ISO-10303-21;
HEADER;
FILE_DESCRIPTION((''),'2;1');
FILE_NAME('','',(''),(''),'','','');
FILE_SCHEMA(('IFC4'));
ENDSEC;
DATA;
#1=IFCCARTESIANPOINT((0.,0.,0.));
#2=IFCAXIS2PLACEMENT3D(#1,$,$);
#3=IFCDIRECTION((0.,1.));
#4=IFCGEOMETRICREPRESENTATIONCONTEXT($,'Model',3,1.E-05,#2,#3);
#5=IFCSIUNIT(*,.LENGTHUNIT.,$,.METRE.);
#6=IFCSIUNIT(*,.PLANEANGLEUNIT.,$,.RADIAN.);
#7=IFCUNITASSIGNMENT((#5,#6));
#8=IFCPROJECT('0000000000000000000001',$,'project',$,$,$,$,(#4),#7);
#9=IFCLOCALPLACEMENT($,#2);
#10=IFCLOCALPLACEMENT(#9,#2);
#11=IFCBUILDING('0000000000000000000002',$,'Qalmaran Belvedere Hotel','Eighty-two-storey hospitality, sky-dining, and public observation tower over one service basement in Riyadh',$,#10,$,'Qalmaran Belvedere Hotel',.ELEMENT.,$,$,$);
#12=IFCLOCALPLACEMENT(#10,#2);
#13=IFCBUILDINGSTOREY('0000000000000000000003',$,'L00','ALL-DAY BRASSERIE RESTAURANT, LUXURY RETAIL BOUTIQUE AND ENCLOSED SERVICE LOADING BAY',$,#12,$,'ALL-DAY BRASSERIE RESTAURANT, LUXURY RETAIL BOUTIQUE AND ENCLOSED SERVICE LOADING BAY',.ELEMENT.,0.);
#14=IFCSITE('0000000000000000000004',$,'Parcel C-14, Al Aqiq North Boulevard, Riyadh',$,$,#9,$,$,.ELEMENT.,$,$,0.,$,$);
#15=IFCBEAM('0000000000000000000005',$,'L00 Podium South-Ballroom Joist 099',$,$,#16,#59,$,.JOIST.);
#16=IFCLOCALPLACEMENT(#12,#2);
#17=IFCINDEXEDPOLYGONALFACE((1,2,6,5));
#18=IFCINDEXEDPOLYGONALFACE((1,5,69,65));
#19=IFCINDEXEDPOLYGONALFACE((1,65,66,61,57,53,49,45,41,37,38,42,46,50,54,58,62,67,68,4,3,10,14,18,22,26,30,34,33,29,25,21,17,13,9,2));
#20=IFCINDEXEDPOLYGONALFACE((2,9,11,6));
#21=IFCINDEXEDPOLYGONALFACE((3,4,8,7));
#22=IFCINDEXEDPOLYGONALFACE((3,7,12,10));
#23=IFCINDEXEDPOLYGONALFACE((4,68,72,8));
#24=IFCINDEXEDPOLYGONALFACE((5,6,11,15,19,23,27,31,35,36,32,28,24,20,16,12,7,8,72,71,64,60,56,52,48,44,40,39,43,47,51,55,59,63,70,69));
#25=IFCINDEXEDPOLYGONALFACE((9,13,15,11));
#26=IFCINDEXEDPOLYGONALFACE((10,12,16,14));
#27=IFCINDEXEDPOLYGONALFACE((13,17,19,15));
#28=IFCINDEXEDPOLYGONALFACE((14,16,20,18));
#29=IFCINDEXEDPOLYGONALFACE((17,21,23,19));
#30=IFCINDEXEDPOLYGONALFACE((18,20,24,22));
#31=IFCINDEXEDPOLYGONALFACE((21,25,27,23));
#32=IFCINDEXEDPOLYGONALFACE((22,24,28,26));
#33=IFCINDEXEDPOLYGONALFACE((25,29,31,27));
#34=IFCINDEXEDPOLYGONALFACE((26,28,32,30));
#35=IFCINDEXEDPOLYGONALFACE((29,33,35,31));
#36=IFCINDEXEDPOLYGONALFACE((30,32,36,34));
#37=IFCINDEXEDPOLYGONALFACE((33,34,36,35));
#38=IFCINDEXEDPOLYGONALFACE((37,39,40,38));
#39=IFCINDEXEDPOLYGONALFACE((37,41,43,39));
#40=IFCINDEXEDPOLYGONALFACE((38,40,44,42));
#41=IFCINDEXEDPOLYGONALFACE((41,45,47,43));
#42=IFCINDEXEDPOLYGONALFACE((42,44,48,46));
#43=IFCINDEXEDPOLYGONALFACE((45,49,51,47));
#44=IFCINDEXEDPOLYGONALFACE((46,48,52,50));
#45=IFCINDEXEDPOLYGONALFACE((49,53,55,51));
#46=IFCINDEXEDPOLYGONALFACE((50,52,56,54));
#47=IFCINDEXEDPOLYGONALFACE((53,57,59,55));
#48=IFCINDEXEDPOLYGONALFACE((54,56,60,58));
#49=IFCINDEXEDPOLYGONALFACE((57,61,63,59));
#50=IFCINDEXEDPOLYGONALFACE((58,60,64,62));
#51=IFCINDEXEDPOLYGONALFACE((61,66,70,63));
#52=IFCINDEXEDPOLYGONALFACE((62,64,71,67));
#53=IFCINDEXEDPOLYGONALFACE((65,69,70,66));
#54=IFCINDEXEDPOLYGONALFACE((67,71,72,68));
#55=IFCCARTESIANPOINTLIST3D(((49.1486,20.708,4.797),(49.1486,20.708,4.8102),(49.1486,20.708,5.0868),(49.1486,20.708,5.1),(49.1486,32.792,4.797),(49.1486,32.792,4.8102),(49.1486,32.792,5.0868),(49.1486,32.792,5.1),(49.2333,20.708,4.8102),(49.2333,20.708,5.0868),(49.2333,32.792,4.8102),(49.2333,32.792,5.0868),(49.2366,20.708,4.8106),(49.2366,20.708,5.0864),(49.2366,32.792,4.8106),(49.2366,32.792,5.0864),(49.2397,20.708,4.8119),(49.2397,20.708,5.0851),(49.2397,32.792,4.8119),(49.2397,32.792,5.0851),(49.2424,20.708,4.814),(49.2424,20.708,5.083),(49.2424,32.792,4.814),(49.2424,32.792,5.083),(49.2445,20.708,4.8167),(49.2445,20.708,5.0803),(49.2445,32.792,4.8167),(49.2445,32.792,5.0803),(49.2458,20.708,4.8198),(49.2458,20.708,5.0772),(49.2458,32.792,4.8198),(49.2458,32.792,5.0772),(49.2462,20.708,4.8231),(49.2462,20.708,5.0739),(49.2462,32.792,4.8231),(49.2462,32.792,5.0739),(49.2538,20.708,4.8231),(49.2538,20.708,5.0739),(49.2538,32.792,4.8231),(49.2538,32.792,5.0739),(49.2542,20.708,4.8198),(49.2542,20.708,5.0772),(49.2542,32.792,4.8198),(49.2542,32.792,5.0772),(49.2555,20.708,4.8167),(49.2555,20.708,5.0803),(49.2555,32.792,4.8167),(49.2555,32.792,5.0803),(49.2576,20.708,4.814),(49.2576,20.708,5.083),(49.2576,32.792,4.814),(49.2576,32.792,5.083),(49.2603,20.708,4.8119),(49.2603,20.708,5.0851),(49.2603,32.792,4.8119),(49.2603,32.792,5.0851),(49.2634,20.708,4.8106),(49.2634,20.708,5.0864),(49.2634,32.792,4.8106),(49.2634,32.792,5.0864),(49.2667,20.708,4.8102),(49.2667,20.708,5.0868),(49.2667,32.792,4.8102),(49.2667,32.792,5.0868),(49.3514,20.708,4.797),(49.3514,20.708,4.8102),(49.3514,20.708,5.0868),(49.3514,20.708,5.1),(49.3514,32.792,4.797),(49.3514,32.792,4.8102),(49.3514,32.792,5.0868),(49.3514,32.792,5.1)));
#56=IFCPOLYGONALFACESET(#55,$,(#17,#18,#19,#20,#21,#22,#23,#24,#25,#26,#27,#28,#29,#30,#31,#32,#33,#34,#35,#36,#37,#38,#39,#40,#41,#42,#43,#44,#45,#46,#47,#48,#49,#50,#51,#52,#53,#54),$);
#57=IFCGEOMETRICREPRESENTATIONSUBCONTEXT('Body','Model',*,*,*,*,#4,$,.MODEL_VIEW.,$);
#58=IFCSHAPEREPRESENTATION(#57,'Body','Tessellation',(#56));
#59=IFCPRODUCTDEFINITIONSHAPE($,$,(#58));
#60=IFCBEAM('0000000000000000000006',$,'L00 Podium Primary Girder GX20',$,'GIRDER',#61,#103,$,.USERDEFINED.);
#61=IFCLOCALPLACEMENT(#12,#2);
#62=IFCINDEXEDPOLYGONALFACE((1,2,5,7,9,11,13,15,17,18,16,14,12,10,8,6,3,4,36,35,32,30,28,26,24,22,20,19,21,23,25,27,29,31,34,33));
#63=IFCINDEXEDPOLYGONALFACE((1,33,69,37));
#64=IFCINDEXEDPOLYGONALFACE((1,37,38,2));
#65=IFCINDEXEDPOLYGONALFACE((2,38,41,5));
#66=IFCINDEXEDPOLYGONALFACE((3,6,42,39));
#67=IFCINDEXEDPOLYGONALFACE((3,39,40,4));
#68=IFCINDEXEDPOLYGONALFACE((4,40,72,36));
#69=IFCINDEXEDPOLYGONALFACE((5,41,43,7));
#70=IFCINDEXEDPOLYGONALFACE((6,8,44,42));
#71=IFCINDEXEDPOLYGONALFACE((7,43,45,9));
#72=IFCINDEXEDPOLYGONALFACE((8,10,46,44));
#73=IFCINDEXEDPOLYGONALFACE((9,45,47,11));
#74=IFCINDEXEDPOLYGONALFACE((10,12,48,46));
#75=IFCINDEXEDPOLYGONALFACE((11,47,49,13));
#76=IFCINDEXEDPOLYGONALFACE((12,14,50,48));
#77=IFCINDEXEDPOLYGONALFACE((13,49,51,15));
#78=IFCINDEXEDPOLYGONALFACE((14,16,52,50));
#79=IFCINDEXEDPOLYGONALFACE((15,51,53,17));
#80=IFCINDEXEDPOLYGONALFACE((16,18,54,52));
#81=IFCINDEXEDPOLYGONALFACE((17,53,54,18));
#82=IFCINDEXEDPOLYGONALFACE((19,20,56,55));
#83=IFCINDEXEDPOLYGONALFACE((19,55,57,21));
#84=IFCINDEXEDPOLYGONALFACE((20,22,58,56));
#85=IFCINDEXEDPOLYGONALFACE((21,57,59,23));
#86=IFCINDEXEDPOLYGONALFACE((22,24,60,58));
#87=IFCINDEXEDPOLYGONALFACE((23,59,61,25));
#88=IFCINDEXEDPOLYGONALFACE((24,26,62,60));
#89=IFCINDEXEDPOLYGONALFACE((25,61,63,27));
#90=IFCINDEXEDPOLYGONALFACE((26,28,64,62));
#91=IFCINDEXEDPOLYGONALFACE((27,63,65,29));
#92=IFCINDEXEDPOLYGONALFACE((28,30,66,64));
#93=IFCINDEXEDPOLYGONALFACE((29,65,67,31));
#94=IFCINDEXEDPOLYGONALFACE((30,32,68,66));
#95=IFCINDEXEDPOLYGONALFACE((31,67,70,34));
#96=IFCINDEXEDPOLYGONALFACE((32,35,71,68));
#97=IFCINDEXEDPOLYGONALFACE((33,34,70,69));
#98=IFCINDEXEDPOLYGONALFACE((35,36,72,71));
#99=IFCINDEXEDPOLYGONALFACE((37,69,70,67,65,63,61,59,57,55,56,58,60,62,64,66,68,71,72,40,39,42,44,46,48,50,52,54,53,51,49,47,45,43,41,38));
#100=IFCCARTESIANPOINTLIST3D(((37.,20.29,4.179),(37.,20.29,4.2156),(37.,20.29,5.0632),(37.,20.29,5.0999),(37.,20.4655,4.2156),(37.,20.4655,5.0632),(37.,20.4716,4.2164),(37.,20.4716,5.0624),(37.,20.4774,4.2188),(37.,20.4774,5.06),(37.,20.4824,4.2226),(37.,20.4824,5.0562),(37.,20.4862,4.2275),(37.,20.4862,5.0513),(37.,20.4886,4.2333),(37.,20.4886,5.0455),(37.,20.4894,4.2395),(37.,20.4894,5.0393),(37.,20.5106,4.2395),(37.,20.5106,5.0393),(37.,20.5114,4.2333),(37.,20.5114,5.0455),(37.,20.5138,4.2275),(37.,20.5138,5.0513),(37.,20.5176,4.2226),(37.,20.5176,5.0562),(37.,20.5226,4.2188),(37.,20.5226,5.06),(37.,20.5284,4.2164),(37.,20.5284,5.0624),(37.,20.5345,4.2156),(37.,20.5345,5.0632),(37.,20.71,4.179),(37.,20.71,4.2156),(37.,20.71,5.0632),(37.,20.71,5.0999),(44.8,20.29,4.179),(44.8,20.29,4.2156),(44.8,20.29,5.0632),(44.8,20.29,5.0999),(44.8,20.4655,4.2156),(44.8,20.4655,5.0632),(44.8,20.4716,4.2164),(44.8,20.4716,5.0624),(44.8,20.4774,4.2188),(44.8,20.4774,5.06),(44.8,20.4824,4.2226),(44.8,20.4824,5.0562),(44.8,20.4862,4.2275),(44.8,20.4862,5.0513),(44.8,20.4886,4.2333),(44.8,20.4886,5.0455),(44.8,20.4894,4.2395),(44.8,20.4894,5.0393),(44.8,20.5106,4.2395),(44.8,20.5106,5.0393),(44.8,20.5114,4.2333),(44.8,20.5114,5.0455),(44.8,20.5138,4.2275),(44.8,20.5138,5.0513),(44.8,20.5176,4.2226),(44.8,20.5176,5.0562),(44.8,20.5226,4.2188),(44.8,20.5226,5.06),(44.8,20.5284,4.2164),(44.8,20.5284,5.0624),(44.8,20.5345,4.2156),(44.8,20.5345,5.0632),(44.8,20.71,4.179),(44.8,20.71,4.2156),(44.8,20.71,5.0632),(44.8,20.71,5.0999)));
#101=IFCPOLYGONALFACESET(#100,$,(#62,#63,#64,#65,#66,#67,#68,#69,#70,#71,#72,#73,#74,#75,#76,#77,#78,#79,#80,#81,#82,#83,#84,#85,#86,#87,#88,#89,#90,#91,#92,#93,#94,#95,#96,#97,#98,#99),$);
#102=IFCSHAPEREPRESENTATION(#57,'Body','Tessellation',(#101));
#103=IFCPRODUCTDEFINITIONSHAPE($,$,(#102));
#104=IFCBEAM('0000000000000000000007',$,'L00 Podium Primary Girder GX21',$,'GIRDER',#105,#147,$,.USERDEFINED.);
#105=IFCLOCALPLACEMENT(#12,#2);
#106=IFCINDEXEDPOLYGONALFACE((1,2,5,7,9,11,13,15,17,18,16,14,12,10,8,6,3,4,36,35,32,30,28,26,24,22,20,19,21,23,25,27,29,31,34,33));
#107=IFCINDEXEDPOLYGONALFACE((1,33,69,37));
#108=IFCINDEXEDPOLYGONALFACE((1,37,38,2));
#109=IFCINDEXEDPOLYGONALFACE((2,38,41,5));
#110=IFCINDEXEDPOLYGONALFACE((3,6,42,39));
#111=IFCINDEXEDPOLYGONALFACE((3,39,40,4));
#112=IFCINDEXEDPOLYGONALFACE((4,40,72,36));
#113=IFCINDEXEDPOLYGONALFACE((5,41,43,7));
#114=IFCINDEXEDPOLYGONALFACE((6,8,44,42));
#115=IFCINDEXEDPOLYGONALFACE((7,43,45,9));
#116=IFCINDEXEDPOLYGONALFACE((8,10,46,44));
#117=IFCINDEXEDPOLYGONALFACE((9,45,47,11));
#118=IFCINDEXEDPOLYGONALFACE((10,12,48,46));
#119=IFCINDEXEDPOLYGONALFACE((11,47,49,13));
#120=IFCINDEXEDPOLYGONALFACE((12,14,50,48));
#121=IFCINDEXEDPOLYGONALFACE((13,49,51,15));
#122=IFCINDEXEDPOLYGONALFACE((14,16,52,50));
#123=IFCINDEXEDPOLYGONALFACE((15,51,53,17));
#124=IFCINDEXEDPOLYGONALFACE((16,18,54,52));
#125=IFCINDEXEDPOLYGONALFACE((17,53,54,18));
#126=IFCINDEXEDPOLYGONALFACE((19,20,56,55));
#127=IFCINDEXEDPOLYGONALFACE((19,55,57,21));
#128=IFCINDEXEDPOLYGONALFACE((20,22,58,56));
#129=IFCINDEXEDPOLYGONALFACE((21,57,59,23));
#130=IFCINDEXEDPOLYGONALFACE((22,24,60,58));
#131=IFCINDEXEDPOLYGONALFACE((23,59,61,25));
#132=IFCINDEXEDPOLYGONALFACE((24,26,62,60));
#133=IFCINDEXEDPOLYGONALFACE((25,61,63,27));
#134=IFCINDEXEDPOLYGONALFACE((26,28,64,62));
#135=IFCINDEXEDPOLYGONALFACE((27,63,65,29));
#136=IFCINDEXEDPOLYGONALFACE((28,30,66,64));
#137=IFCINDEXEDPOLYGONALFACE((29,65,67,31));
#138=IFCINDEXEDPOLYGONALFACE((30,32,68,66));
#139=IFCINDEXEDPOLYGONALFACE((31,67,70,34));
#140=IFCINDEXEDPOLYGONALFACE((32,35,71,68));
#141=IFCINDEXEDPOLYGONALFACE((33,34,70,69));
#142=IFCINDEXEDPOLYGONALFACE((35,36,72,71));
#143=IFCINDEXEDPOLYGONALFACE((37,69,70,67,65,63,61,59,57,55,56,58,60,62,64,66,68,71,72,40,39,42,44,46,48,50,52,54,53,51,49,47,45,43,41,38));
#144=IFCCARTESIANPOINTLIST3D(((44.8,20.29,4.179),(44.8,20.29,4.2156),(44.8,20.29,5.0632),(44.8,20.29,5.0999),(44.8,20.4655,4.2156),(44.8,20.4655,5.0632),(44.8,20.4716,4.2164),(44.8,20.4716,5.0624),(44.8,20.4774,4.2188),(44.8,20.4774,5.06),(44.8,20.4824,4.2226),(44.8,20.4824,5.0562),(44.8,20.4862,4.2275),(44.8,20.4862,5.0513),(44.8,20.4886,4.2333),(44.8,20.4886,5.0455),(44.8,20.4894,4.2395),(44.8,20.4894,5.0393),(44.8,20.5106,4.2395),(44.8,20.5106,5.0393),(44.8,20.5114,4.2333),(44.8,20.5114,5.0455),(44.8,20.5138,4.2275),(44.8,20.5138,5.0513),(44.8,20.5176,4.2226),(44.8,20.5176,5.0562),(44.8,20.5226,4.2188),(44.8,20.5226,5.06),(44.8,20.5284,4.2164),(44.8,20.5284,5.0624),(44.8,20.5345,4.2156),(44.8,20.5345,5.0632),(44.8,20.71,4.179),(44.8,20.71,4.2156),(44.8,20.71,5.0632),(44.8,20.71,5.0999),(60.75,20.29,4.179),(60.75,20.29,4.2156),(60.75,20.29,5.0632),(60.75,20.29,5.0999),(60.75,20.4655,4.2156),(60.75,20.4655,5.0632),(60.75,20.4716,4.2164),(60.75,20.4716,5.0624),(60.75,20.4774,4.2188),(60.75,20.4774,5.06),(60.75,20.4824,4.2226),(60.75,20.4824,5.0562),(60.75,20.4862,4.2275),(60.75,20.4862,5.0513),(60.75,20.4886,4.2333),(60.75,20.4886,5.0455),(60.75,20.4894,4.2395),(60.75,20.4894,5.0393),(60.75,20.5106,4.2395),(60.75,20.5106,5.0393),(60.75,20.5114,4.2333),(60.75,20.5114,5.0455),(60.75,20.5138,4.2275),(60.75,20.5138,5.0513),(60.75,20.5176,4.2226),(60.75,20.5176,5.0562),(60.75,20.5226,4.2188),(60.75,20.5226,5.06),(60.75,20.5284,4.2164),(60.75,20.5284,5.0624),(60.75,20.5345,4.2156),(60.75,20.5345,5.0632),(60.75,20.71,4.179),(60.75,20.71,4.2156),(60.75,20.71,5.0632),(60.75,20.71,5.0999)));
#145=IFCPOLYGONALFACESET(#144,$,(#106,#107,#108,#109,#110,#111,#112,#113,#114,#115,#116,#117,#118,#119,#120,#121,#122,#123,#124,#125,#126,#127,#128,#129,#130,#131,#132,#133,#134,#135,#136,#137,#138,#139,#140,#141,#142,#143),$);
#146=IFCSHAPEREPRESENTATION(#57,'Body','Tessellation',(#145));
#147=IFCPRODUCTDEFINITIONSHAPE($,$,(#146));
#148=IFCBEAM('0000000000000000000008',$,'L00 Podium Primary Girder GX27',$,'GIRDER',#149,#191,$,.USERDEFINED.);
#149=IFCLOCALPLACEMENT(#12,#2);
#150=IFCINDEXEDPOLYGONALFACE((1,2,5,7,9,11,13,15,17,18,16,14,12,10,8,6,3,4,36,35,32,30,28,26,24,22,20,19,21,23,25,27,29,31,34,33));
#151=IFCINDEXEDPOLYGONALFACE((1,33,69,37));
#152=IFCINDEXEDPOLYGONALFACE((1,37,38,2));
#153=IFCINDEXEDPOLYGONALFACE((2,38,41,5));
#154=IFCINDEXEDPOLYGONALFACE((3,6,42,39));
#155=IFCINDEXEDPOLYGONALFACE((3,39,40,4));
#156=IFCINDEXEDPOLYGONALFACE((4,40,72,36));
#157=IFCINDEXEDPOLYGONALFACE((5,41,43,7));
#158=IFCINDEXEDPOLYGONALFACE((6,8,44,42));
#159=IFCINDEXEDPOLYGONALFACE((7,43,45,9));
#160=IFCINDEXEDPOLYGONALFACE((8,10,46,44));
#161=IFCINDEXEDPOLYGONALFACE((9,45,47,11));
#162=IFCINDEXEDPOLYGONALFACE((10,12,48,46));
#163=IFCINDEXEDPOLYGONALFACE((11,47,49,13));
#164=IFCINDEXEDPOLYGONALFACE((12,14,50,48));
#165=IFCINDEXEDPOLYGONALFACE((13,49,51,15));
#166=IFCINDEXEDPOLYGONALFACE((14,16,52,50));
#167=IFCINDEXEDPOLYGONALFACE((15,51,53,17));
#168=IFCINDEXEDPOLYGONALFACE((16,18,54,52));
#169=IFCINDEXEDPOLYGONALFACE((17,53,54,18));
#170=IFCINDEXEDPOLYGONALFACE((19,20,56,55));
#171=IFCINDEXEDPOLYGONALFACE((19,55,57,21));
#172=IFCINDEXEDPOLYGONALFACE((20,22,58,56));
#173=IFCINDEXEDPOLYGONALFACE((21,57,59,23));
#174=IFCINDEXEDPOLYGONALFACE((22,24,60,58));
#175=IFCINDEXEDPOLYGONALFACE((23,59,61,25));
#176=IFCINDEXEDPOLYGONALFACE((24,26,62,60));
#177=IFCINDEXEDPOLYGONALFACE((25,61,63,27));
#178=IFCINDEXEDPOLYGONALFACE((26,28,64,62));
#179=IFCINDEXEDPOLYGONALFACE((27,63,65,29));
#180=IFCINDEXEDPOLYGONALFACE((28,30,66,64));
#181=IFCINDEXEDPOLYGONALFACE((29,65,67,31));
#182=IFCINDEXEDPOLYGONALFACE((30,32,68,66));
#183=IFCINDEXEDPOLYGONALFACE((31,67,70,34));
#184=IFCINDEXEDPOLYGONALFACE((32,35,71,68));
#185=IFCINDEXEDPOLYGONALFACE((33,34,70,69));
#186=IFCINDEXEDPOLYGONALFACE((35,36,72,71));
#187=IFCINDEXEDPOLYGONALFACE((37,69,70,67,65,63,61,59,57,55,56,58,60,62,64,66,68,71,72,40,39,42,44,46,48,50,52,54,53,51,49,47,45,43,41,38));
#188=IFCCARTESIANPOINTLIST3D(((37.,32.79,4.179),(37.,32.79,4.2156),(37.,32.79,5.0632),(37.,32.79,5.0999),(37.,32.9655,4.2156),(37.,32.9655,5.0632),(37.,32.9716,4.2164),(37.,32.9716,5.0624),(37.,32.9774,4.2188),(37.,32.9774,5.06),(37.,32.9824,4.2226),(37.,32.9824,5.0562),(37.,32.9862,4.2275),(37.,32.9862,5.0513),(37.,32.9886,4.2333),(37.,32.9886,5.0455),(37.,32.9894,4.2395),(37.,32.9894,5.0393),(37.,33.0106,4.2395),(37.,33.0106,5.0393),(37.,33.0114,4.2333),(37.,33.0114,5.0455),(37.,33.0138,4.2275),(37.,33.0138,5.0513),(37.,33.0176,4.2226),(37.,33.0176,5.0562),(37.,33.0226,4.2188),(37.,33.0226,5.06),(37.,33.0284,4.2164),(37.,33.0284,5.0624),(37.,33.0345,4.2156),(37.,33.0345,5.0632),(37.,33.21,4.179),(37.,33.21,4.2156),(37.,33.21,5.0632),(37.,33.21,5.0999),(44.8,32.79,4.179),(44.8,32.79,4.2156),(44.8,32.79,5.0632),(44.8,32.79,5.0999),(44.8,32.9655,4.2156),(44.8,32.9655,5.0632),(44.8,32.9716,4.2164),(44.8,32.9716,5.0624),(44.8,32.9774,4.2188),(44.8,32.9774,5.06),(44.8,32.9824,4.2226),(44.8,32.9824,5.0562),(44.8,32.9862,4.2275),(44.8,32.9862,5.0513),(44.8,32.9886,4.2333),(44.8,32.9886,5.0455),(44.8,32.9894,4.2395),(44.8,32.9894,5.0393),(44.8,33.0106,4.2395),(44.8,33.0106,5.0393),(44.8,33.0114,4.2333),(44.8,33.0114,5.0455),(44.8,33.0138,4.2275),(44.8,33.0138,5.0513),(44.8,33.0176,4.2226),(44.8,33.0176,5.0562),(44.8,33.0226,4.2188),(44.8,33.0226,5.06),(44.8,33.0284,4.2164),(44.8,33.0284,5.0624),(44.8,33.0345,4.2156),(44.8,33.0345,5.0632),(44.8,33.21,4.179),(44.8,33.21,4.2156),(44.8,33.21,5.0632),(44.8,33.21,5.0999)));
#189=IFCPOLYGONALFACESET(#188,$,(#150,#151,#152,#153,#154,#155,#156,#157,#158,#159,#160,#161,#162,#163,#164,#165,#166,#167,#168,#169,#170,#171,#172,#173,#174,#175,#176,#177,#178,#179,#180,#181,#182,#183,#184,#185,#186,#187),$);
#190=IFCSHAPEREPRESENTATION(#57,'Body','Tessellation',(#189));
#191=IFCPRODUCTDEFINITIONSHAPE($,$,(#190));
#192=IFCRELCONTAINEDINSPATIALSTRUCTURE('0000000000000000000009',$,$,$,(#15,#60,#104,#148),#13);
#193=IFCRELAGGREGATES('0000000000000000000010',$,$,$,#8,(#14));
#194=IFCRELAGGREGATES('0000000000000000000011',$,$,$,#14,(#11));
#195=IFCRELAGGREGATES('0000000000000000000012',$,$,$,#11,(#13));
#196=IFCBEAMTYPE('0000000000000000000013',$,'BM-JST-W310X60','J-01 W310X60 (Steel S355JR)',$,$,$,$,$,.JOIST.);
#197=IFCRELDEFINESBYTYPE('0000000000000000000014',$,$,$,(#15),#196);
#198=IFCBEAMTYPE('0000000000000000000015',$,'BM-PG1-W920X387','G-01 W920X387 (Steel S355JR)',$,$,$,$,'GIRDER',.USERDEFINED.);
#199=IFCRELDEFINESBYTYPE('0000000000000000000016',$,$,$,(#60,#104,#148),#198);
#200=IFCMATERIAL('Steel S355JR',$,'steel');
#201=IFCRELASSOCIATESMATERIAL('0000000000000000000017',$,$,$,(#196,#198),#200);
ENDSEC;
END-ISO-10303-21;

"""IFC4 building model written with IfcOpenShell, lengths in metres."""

from ifc_helpers import new_model, si_unit, direction, frame, origin, origin_2d, place, context, subcontext, project, spatial, i_section, extrude, material, material_profile, profile_set, type_object, element, save


model = new_model("IFC4")

# Units and contexts
model_context = context("Model", 3, precision=1e-05, world=origin(), true_north=direction((0.0, 1.0)))
body_context = subcontext(model_context, "Body", "Model", "MODEL_VIEW")
ifc_project = project(units=[si_unit("LENGTHUNIT", "METRE"), si_unit("PLANEANGLEUNIT", "RADIAN")], contexts=[model_context])

# Site, building, storey
site_placement = place(None, origin())
site = spatial("IfcSite", under=ifc_project, at=site_placement, Name="Parcel C-14, Al Aqiq North Boulevard, Riyadh", CompositionType="ELEMENT", RefElevation=0.0)
building_placement = place(site_placement, origin())
building = spatial("IfcBuilding", under=site, at=building_placement, Name="Qalmaran Belvedere Hotel", Description="Eighty-two-storey hospitality, sky-dining, and public observation tower over one service basement in Riyadh", LongName="Qalmaran Belvedere Hotel", CompositionType="ELEMENT")
storey_placement = place(building_placement, origin())
storey = spatial("IfcBuildingStorey", under=building, at=storey_placement, Name="L00", Description="ALL-DAY BRASSERIE RESTAURANT, LUXURY RETAIL BOUTIQUE AND ENCLOSED SERVICE LOADING BAY", LongName="ALL-DAY BRASSERIE RESTAURANT, LUXURY RETAIL BOUTIQUE AND ENCLOSED SERVICE LOADING BAY", CompositionType="ELEMENT", Elevation=0.0)

# Beams
ifc_material_1 = material(Name="Steel S355JR", Category="steel")
ifc_material_profile_1 = material_profile(ifc_material_1, i_section(OverallWidth=0.2029, OverallDepth=0.303, WebThickness=0.0076, FlangeThickness=0.0132, FilletRadius=0.0129, at=origin_2d()), Name="W310X60")
ifc_profile_set_1 = profile_set([ifc_material_profile_1], Name="Steel S355JR")
beam_type_1 = type_object("IfcBeamType", Name="BM-JST-W310X60", Description="J-01 W310X60 (Steel S355JR)", PredefinedType="JOIST", material=ifc_profile_set_1)
for number, where, z_axis, x_axis, name in (
    (1, (49.25, 20.708, 4.9485), (0.0, 1.0, 0.0), (-1.0, 0.0, 0.0), "L00 Podium South-Ballroom Joist 099"),
):
    element("IfcBeam", number, at=place(storey_placement, frame(where, z_axis=z_axis, x_axis=x_axis)), inside=storey, type_object=beam_type_1, Name=name, PredefinedType="JOIST", context=body_context, shape_type="SweptSolid", body=[
        extrude(i_section(OverallWidth=0.2029, OverallDepth=0.303, WebThickness=0.0076, FlangeThickness=0.0132, FilletRadius=0.0129, at=origin_2d()), origin(), (0.0, 0.0, 1.0), 12.084),
    ])
ifc_material_profile_2 = material_profile(ifc_material_1, i_section(OverallWidth=0.4199, OverallDepth=0.9209, WebThickness=0.0212, FlangeThickness=0.0366, FilletRadius=0.0239, at=origin_2d()), Name="W920X387")
ifc_profile_set_2 = profile_set([ifc_material_profile_2], Name="Steel S355JR")
beam_type_2 = type_object("IfcBeamType", Name="BM-PG1-W920X387", Description="G-01 W920X387 (Steel S355JR)", ElementType="GIRDER", PredefinedType="USERDEFINED", material=ifc_profile_set_2)
beam_1_placement = place(storey_placement, frame((37.0, 20.5, 4.6394), z_axis=(1.0, 0.0, 0.0), x_axis=(0.0, 1.0, 0.0)))
element("IfcBeam", 2, at=beam_1_placement, inside=storey, type_object=beam_type_2, Name="L00 Podium Primary Girder GX20", ObjectType="GIRDER", PredefinedType="USERDEFINED", context=body_context, shape_type="SweptSolid", body=[
    extrude(i_section(OverallWidth=0.4199, OverallDepth=0.9209, WebThickness=0.0212, FlangeThickness=0.0366, FilletRadius=0.0239, at=origin_2d()), origin(), (0.0, 0.0, 1.0), 7.8),
])
beam_2_placement = place(storey_placement, frame((44.8, 20.5, 4.6394), z_axis=(1.0, 0.0, 0.0), x_axis=(0.0, 1.0, 0.0)))
element("IfcBeam", 3, at=beam_2_placement, inside=storey, type_object=beam_type_2, Name="L00 Podium Primary Girder GX21", ObjectType="GIRDER", PredefinedType="USERDEFINED", context=body_context, shape_type="SweptSolid", body=[
    extrude(i_section(OverallWidth=0.4199, OverallDepth=0.9209, WebThickness=0.0212, FlangeThickness=0.0366, FilletRadius=0.0239, at=origin_2d()), origin(), (0.0, 0.0, 1.0), 15.95),
])
beam_3_placement = place(storey_placement, frame((37.0, 33.0, 4.6394), z_axis=(1.0, 0.0, 0.0), x_axis=(0.0, 1.0, 0.0)))
element("IfcBeam", 4, at=beam_3_placement, inside=storey, type_object=beam_type_2, Name="L00 Podium Primary Girder GX27", ObjectType="GIRDER", PredefinedType="USERDEFINED", context=body_context, shape_type="SweptSolid", body=[
    extrude(i_section(OverallWidth=0.4199, OverallDepth=0.9209, WebThickness=0.0212, FlangeThickness=0.0366, FilletRadius=0.0239, at=origin_2d()), origin(), (0.0, 0.0, 1.0), 7.8),
])

save(model, "model.ifc")
